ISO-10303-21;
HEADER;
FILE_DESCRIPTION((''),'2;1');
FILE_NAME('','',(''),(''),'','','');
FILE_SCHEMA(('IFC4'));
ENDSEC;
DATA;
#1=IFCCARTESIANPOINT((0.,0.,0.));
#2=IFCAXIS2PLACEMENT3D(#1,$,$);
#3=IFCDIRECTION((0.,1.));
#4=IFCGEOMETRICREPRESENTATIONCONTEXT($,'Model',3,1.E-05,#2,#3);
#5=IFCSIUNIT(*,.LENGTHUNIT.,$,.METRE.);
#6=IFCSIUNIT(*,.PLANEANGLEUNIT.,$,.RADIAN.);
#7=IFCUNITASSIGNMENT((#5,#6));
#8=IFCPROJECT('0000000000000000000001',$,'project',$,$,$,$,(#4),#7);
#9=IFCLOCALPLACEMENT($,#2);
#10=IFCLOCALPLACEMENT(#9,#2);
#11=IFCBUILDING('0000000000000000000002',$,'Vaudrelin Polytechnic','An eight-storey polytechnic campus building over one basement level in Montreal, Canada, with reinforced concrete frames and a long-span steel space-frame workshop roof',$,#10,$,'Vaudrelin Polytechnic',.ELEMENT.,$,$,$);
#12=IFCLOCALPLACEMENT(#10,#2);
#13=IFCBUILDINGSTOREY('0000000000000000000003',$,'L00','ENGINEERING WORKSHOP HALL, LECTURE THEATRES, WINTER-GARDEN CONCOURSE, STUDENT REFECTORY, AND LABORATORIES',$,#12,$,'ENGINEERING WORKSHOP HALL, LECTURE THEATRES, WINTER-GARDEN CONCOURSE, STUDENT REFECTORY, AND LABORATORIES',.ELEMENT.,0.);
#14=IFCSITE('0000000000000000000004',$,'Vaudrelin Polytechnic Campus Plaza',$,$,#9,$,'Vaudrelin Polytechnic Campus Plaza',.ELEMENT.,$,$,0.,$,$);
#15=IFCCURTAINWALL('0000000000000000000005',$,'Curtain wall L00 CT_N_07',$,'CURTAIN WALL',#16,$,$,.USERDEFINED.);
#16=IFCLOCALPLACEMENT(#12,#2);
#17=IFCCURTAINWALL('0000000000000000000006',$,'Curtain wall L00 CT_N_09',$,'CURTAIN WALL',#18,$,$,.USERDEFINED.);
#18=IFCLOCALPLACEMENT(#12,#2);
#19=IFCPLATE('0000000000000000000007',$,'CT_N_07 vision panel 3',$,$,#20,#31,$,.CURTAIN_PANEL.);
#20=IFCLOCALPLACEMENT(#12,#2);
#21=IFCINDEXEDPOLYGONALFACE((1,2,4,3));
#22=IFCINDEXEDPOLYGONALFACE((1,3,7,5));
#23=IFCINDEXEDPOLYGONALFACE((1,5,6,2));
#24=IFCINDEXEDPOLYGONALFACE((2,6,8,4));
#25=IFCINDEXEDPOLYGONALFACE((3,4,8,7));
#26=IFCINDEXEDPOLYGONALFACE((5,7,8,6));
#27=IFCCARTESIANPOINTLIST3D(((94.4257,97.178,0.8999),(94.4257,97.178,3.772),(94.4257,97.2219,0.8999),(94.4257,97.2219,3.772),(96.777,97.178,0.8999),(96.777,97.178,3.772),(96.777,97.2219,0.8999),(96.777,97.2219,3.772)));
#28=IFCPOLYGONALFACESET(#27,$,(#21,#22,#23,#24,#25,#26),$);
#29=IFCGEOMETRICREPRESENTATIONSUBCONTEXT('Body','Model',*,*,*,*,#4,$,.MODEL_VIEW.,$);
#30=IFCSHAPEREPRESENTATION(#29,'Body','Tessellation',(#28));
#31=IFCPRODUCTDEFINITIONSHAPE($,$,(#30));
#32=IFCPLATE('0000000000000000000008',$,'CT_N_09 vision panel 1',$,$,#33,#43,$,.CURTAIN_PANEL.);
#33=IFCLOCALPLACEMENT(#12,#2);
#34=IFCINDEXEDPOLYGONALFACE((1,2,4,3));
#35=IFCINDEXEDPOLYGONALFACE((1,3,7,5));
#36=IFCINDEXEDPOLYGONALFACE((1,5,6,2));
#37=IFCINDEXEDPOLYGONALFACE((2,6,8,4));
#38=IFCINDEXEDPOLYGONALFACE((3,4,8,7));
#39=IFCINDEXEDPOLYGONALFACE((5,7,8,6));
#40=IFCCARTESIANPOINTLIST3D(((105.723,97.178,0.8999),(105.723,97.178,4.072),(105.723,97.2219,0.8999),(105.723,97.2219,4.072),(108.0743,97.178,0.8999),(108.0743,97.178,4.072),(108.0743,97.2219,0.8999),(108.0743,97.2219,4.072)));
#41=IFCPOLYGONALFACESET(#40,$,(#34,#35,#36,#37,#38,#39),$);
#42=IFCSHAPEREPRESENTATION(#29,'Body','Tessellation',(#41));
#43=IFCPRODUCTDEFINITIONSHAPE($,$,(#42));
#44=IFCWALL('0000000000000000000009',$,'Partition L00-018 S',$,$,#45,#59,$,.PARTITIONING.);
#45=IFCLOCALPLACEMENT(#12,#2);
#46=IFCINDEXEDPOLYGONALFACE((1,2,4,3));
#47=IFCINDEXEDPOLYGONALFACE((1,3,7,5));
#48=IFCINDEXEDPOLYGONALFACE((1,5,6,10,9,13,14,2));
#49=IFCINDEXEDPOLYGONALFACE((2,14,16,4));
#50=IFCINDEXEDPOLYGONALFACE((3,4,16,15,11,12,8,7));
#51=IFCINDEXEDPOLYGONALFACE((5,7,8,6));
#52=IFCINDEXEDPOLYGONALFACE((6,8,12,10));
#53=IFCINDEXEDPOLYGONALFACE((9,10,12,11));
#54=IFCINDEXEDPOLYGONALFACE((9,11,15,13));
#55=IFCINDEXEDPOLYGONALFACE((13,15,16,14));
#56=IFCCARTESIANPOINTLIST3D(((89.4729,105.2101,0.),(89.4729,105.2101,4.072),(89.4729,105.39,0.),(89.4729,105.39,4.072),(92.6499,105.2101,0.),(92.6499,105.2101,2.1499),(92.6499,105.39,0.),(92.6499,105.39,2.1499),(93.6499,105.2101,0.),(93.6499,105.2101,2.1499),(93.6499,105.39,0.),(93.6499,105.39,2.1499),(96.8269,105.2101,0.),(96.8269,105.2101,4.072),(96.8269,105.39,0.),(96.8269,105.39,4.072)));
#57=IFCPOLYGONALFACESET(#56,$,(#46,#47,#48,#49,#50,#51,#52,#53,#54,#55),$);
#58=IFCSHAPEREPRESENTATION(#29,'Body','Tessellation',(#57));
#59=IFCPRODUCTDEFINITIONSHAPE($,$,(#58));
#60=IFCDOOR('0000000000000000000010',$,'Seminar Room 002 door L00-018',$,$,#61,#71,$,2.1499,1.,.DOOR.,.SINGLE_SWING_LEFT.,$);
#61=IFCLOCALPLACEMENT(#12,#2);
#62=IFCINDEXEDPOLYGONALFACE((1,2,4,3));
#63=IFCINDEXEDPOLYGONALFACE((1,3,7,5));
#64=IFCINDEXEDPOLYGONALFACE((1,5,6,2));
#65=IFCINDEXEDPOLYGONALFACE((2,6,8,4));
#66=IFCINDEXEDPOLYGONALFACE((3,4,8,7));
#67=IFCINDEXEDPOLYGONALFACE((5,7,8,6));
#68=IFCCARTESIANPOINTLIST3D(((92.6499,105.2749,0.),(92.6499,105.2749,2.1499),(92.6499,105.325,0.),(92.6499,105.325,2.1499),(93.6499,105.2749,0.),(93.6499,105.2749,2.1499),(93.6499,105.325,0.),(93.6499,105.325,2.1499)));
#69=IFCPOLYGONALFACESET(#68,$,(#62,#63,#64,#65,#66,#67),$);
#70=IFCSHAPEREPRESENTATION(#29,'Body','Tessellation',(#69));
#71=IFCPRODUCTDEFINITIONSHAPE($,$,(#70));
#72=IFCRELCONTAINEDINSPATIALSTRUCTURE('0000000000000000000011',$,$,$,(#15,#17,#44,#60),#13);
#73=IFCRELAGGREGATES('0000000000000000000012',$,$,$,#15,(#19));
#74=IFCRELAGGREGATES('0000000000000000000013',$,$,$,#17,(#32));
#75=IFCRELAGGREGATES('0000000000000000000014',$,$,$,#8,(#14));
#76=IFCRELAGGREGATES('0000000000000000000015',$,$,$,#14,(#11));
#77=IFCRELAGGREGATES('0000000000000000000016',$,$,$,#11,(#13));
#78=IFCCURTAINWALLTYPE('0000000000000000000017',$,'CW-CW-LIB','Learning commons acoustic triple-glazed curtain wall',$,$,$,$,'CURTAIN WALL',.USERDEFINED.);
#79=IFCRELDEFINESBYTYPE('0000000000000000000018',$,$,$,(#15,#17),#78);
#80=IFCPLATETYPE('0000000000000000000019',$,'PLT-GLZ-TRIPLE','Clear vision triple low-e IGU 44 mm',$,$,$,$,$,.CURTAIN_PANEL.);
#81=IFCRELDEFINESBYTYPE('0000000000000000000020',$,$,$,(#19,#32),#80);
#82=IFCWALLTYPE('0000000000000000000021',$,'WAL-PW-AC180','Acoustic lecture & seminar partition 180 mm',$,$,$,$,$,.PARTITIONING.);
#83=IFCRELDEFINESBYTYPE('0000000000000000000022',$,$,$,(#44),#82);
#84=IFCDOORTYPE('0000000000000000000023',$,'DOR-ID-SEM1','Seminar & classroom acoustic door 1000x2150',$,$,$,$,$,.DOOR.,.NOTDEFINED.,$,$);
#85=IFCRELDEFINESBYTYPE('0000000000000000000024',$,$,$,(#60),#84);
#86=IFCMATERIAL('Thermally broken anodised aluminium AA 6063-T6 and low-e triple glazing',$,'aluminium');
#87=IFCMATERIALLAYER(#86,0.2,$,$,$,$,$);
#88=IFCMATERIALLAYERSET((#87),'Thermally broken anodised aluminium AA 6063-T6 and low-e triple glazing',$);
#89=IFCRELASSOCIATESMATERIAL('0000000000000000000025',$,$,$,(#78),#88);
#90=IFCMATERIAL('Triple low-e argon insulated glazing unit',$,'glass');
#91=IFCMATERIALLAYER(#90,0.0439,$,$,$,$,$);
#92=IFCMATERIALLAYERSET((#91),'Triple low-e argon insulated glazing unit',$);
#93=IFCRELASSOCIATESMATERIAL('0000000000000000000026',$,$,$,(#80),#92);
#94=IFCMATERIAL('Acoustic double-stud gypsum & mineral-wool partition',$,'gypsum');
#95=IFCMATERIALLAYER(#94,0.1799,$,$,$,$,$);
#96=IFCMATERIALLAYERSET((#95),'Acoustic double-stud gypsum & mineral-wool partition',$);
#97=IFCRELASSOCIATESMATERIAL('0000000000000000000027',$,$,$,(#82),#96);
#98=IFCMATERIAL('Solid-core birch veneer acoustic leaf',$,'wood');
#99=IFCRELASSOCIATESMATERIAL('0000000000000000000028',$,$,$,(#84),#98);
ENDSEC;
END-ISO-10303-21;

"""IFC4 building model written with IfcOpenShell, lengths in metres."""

from ifc_helpers import new_model, si_unit, direction, frame, frame_2d, origin, origin_2d, place, context, subcontext, project, spatial, rectangle, extrude, material, layer, layer_set, type_object, element, fill, aggregate, save


model = new_model("IFC4")

# Units and contexts
model_context = context("Model", 3, precision=1e-05, world=origin(), true_north=direction((0.0, 1.0)))
body_context = subcontext(model_context, "Body", "Model", "MODEL_VIEW")
ifc_project = project(units=[si_unit("LENGTHUNIT", "METRE"), si_unit("PLANEANGLEUNIT", "RADIAN")], contexts=[model_context])

# Site, building, storey
site_placement = place(None, origin())
site = spatial("IfcSite", under=ifc_project, at=site_placement, Name="Vaudrelin Polytechnic Campus Plaza", LongName="Vaudrelin Polytechnic Campus Plaza", CompositionType="ELEMENT", RefElevation=0.0)
building_placement = place(site_placement, origin())
building = spatial("IfcBuilding", under=site, at=building_placement, Name="Vaudrelin Polytechnic", Description="An eight-storey polytechnic campus building over one basement level in Montreal, Canada, with reinforced concrete frames and a long-span steel space-frame workshop roof", LongName="Vaudrelin Polytechnic", CompositionType="ELEMENT")
storey_placement = place(building_placement, origin())
storey = spatial("IfcBuildingStorey", under=building, at=storey_placement, Name="L00", Description="ENGINEERING WORKSHOP HALL, LECTURE THEATRES, WINTER-GARDEN CONCOURSE, STUDENT REFECTORY, AND LABORATORIES", LongName="ENGINEERING WORKSHOP HALL, LECTURE THEATRES, WINTER-GARDEN CONCOURSE, STUDENT REFECTORY, AND LABORATORIES", CompositionType="ELEMENT", Elevation=0.0)

# Curtain wall
ifc_material_1 = material(Name="Thermally broken anodised aluminium AA 6063-T6 and low-e triple glazing", Category="aluminium")
ifc_layer_1 = layer(ifc_material_1, 0.2)
ifc_layer_set_1 = layer_set([ifc_layer_1], Name="Thermally broken anodised aluminium AA 6063-T6 and low-e triple glazing")
curtain_wall_type = type_object("IfcCurtainWallType", Name="CW-CW-LIB", Description="Learning commons acoustic triple-glazed curtain wall", ElementType="CURTAIN WALL", PredefinedType="USERDEFINED", material=ifc_layer_set_1)
curtain_wall_1_placement = place(storey_placement, origin())
curtain_wall_1 = element("IfcCurtainWall", 1, at=curtain_wall_1_placement, inside=storey, type_object=curtain_wall_type, Name="Curtain wall L00 CT_N_07", ObjectType="CURTAIN WALL", PredefinedType="USERDEFINED")

# Curtain wall
curtain_wall_2_placement = place(storey_placement, origin())
curtain_wall_2 = element("IfcCurtainWall", 2, at=curtain_wall_2_placement, inside=storey, type_object=curtain_wall_type, Name="Curtain wall L00 CT_N_09", ObjectType="CURTAIN WALL", PredefinedType="USERDEFINED")

# Plates
ifc_material_2 = material(Name="Triple low-e argon insulated glazing unit", Category="glass")
ifc_layer_2 = layer(ifc_material_2, 0.0439)
ifc_layer_set_2 = layer_set([ifc_layer_2], Name="Triple low-e argon insulated glazing unit")
plate_type_1 = type_object("IfcPlateType", Name="PLT-GLZ-TRIPLE", Description="Clear vision triple low-e IGU 44 mm", PredefinedType="CURTAIN_PANEL", material=ifc_layer_set_2)
plate_1_placement = place(storey_placement, frame((95.6013, 97.2, 0.8999), z_axis=(0.0, 0.0, 1.0), x_axis=(1.0, 0.0, 0.0)))
plate_1 = element("IfcPlate", 3, at=plate_1_placement, type_object=plate_type_1, Name="CT_N_07 vision panel 3", PredefinedType="CURTAIN_PANEL", context=body_context, shape_type="SweptSolid", body=[
    extrude(rectangle(XDim=2.3513, YDim=0.0439, at=origin_2d()), origin(), (0.0, 0.0, 1.0), 2.8721),
])
aggregate(curtain_wall_1, [plate_1])
plate_2_placement = place(storey_placement, frame((106.8987, 97.2, 0.8999), z_axis=(0.0, 0.0, 1.0), x_axis=(1.0, 0.0, 0.0)))
plate_2 = element("IfcPlate", 4, at=plate_2_placement, type_object=plate_type_1, Name="CT_N_09 vision panel 1", PredefinedType="CURTAIN_PANEL", context=body_context, shape_type="SweptSolid", body=[
    extrude(rectangle(XDim=2.3513, YDim=0.0439, at=origin_2d()), origin(), (0.0, 0.0, 1.0), 3.1721),
])
aggregate(curtain_wall_2, [plate_2])

# Wall, opening, door
ifc_material_3 = material(Name="Acoustic double-stud gypsum & mineral-wool partition", Category="gypsum")
ifc_layer_3 = layer(ifc_material_3, 0.1799)
ifc_layer_set_3 = layer_set([ifc_layer_3], Name="Acoustic double-stud gypsum & mineral-wool partition")
wall_type_1 = type_object("IfcWallType", Name="WAL-PW-AC180", Description="Acoustic lecture & seminar partition 180 mm", PredefinedType="PARTITIONING", material=ifc_layer_set_3)
wall_1_placement = place(storey_placement, frame((89.4729, 105.3, 0.0), z_axis=(0.0, 0.0, 1.0), x_axis=(1.0, 0.0, 0.0)))
wall_1 = element("IfcWall", 5, at=wall_1_placement, inside=storey, type_object=wall_type_1, Name="Partition L00-018 S", PredefinedType="PARTITIONING", context=body_context, shape_type="SweptSolid", body=[
    extrude(rectangle(XDim=7.354, YDim=0.1799, at=frame_2d((3.677, 0.0))), origin(), (0.0, 0.0, 1.0), 4.072),
])
opening_1_placement = place(wall_1_placement, frame((3.177, 0.0, 0.0)))
opening_1 = element("IfcOpeningElement", 6, at=opening_1_placement, cuts=wall_1, PredefinedType="OPENING", context=body_context, shape_type="SweptSolid", body=[
    extrude(rectangle(XDim=1.0, YDim=2.1499, at=frame_2d((0.5, 1.075))), frame((0.0, 0.1001, 0.0), z_axis=(0.0, -1.0, 0.0), x_axis=(1.0, 0.0, 0.0)), (0.0, 0.0, 1.0), 0.2),
])
ifc_material_4 = material(Name="Solid-core birch veneer acoustic leaf", Category="wood")
door_type_1 = type_object("IfcDoorType", Name="DOR-ID-SEM1", Description="Seminar & classroom acoustic door 1000x2150", OperationType="NOTDEFINED", PredefinedType="DOOR", material=ifc_material_4)
door_1_placement = place(opening_1_placement, origin())
door_1 = element("IfcDoor", 7, at=door_1_placement, inside=storey, type_object=door_type_1, Name="Seminar Room 002 door L00-018", OperationType="SINGLE_SWING_LEFT", OverallHeight=2.1499, OverallWidth=1.0, PredefinedType="DOOR", context=body_context, shape_type="SweptSolid", body=[
    extrude(rectangle(XDim=1.0, YDim=2.1499, at=frame_2d((0.5, 1.075))), frame((0.0, 0.0249, 0.0), z_axis=(0.0, -1.0, 0.0), x_axis=(1.0, 0.0, 0.0)), (0.0, 0.0, 1.0), 0.05),
])
fill(opening_1, door_1)

save(model, "model.ifc")
